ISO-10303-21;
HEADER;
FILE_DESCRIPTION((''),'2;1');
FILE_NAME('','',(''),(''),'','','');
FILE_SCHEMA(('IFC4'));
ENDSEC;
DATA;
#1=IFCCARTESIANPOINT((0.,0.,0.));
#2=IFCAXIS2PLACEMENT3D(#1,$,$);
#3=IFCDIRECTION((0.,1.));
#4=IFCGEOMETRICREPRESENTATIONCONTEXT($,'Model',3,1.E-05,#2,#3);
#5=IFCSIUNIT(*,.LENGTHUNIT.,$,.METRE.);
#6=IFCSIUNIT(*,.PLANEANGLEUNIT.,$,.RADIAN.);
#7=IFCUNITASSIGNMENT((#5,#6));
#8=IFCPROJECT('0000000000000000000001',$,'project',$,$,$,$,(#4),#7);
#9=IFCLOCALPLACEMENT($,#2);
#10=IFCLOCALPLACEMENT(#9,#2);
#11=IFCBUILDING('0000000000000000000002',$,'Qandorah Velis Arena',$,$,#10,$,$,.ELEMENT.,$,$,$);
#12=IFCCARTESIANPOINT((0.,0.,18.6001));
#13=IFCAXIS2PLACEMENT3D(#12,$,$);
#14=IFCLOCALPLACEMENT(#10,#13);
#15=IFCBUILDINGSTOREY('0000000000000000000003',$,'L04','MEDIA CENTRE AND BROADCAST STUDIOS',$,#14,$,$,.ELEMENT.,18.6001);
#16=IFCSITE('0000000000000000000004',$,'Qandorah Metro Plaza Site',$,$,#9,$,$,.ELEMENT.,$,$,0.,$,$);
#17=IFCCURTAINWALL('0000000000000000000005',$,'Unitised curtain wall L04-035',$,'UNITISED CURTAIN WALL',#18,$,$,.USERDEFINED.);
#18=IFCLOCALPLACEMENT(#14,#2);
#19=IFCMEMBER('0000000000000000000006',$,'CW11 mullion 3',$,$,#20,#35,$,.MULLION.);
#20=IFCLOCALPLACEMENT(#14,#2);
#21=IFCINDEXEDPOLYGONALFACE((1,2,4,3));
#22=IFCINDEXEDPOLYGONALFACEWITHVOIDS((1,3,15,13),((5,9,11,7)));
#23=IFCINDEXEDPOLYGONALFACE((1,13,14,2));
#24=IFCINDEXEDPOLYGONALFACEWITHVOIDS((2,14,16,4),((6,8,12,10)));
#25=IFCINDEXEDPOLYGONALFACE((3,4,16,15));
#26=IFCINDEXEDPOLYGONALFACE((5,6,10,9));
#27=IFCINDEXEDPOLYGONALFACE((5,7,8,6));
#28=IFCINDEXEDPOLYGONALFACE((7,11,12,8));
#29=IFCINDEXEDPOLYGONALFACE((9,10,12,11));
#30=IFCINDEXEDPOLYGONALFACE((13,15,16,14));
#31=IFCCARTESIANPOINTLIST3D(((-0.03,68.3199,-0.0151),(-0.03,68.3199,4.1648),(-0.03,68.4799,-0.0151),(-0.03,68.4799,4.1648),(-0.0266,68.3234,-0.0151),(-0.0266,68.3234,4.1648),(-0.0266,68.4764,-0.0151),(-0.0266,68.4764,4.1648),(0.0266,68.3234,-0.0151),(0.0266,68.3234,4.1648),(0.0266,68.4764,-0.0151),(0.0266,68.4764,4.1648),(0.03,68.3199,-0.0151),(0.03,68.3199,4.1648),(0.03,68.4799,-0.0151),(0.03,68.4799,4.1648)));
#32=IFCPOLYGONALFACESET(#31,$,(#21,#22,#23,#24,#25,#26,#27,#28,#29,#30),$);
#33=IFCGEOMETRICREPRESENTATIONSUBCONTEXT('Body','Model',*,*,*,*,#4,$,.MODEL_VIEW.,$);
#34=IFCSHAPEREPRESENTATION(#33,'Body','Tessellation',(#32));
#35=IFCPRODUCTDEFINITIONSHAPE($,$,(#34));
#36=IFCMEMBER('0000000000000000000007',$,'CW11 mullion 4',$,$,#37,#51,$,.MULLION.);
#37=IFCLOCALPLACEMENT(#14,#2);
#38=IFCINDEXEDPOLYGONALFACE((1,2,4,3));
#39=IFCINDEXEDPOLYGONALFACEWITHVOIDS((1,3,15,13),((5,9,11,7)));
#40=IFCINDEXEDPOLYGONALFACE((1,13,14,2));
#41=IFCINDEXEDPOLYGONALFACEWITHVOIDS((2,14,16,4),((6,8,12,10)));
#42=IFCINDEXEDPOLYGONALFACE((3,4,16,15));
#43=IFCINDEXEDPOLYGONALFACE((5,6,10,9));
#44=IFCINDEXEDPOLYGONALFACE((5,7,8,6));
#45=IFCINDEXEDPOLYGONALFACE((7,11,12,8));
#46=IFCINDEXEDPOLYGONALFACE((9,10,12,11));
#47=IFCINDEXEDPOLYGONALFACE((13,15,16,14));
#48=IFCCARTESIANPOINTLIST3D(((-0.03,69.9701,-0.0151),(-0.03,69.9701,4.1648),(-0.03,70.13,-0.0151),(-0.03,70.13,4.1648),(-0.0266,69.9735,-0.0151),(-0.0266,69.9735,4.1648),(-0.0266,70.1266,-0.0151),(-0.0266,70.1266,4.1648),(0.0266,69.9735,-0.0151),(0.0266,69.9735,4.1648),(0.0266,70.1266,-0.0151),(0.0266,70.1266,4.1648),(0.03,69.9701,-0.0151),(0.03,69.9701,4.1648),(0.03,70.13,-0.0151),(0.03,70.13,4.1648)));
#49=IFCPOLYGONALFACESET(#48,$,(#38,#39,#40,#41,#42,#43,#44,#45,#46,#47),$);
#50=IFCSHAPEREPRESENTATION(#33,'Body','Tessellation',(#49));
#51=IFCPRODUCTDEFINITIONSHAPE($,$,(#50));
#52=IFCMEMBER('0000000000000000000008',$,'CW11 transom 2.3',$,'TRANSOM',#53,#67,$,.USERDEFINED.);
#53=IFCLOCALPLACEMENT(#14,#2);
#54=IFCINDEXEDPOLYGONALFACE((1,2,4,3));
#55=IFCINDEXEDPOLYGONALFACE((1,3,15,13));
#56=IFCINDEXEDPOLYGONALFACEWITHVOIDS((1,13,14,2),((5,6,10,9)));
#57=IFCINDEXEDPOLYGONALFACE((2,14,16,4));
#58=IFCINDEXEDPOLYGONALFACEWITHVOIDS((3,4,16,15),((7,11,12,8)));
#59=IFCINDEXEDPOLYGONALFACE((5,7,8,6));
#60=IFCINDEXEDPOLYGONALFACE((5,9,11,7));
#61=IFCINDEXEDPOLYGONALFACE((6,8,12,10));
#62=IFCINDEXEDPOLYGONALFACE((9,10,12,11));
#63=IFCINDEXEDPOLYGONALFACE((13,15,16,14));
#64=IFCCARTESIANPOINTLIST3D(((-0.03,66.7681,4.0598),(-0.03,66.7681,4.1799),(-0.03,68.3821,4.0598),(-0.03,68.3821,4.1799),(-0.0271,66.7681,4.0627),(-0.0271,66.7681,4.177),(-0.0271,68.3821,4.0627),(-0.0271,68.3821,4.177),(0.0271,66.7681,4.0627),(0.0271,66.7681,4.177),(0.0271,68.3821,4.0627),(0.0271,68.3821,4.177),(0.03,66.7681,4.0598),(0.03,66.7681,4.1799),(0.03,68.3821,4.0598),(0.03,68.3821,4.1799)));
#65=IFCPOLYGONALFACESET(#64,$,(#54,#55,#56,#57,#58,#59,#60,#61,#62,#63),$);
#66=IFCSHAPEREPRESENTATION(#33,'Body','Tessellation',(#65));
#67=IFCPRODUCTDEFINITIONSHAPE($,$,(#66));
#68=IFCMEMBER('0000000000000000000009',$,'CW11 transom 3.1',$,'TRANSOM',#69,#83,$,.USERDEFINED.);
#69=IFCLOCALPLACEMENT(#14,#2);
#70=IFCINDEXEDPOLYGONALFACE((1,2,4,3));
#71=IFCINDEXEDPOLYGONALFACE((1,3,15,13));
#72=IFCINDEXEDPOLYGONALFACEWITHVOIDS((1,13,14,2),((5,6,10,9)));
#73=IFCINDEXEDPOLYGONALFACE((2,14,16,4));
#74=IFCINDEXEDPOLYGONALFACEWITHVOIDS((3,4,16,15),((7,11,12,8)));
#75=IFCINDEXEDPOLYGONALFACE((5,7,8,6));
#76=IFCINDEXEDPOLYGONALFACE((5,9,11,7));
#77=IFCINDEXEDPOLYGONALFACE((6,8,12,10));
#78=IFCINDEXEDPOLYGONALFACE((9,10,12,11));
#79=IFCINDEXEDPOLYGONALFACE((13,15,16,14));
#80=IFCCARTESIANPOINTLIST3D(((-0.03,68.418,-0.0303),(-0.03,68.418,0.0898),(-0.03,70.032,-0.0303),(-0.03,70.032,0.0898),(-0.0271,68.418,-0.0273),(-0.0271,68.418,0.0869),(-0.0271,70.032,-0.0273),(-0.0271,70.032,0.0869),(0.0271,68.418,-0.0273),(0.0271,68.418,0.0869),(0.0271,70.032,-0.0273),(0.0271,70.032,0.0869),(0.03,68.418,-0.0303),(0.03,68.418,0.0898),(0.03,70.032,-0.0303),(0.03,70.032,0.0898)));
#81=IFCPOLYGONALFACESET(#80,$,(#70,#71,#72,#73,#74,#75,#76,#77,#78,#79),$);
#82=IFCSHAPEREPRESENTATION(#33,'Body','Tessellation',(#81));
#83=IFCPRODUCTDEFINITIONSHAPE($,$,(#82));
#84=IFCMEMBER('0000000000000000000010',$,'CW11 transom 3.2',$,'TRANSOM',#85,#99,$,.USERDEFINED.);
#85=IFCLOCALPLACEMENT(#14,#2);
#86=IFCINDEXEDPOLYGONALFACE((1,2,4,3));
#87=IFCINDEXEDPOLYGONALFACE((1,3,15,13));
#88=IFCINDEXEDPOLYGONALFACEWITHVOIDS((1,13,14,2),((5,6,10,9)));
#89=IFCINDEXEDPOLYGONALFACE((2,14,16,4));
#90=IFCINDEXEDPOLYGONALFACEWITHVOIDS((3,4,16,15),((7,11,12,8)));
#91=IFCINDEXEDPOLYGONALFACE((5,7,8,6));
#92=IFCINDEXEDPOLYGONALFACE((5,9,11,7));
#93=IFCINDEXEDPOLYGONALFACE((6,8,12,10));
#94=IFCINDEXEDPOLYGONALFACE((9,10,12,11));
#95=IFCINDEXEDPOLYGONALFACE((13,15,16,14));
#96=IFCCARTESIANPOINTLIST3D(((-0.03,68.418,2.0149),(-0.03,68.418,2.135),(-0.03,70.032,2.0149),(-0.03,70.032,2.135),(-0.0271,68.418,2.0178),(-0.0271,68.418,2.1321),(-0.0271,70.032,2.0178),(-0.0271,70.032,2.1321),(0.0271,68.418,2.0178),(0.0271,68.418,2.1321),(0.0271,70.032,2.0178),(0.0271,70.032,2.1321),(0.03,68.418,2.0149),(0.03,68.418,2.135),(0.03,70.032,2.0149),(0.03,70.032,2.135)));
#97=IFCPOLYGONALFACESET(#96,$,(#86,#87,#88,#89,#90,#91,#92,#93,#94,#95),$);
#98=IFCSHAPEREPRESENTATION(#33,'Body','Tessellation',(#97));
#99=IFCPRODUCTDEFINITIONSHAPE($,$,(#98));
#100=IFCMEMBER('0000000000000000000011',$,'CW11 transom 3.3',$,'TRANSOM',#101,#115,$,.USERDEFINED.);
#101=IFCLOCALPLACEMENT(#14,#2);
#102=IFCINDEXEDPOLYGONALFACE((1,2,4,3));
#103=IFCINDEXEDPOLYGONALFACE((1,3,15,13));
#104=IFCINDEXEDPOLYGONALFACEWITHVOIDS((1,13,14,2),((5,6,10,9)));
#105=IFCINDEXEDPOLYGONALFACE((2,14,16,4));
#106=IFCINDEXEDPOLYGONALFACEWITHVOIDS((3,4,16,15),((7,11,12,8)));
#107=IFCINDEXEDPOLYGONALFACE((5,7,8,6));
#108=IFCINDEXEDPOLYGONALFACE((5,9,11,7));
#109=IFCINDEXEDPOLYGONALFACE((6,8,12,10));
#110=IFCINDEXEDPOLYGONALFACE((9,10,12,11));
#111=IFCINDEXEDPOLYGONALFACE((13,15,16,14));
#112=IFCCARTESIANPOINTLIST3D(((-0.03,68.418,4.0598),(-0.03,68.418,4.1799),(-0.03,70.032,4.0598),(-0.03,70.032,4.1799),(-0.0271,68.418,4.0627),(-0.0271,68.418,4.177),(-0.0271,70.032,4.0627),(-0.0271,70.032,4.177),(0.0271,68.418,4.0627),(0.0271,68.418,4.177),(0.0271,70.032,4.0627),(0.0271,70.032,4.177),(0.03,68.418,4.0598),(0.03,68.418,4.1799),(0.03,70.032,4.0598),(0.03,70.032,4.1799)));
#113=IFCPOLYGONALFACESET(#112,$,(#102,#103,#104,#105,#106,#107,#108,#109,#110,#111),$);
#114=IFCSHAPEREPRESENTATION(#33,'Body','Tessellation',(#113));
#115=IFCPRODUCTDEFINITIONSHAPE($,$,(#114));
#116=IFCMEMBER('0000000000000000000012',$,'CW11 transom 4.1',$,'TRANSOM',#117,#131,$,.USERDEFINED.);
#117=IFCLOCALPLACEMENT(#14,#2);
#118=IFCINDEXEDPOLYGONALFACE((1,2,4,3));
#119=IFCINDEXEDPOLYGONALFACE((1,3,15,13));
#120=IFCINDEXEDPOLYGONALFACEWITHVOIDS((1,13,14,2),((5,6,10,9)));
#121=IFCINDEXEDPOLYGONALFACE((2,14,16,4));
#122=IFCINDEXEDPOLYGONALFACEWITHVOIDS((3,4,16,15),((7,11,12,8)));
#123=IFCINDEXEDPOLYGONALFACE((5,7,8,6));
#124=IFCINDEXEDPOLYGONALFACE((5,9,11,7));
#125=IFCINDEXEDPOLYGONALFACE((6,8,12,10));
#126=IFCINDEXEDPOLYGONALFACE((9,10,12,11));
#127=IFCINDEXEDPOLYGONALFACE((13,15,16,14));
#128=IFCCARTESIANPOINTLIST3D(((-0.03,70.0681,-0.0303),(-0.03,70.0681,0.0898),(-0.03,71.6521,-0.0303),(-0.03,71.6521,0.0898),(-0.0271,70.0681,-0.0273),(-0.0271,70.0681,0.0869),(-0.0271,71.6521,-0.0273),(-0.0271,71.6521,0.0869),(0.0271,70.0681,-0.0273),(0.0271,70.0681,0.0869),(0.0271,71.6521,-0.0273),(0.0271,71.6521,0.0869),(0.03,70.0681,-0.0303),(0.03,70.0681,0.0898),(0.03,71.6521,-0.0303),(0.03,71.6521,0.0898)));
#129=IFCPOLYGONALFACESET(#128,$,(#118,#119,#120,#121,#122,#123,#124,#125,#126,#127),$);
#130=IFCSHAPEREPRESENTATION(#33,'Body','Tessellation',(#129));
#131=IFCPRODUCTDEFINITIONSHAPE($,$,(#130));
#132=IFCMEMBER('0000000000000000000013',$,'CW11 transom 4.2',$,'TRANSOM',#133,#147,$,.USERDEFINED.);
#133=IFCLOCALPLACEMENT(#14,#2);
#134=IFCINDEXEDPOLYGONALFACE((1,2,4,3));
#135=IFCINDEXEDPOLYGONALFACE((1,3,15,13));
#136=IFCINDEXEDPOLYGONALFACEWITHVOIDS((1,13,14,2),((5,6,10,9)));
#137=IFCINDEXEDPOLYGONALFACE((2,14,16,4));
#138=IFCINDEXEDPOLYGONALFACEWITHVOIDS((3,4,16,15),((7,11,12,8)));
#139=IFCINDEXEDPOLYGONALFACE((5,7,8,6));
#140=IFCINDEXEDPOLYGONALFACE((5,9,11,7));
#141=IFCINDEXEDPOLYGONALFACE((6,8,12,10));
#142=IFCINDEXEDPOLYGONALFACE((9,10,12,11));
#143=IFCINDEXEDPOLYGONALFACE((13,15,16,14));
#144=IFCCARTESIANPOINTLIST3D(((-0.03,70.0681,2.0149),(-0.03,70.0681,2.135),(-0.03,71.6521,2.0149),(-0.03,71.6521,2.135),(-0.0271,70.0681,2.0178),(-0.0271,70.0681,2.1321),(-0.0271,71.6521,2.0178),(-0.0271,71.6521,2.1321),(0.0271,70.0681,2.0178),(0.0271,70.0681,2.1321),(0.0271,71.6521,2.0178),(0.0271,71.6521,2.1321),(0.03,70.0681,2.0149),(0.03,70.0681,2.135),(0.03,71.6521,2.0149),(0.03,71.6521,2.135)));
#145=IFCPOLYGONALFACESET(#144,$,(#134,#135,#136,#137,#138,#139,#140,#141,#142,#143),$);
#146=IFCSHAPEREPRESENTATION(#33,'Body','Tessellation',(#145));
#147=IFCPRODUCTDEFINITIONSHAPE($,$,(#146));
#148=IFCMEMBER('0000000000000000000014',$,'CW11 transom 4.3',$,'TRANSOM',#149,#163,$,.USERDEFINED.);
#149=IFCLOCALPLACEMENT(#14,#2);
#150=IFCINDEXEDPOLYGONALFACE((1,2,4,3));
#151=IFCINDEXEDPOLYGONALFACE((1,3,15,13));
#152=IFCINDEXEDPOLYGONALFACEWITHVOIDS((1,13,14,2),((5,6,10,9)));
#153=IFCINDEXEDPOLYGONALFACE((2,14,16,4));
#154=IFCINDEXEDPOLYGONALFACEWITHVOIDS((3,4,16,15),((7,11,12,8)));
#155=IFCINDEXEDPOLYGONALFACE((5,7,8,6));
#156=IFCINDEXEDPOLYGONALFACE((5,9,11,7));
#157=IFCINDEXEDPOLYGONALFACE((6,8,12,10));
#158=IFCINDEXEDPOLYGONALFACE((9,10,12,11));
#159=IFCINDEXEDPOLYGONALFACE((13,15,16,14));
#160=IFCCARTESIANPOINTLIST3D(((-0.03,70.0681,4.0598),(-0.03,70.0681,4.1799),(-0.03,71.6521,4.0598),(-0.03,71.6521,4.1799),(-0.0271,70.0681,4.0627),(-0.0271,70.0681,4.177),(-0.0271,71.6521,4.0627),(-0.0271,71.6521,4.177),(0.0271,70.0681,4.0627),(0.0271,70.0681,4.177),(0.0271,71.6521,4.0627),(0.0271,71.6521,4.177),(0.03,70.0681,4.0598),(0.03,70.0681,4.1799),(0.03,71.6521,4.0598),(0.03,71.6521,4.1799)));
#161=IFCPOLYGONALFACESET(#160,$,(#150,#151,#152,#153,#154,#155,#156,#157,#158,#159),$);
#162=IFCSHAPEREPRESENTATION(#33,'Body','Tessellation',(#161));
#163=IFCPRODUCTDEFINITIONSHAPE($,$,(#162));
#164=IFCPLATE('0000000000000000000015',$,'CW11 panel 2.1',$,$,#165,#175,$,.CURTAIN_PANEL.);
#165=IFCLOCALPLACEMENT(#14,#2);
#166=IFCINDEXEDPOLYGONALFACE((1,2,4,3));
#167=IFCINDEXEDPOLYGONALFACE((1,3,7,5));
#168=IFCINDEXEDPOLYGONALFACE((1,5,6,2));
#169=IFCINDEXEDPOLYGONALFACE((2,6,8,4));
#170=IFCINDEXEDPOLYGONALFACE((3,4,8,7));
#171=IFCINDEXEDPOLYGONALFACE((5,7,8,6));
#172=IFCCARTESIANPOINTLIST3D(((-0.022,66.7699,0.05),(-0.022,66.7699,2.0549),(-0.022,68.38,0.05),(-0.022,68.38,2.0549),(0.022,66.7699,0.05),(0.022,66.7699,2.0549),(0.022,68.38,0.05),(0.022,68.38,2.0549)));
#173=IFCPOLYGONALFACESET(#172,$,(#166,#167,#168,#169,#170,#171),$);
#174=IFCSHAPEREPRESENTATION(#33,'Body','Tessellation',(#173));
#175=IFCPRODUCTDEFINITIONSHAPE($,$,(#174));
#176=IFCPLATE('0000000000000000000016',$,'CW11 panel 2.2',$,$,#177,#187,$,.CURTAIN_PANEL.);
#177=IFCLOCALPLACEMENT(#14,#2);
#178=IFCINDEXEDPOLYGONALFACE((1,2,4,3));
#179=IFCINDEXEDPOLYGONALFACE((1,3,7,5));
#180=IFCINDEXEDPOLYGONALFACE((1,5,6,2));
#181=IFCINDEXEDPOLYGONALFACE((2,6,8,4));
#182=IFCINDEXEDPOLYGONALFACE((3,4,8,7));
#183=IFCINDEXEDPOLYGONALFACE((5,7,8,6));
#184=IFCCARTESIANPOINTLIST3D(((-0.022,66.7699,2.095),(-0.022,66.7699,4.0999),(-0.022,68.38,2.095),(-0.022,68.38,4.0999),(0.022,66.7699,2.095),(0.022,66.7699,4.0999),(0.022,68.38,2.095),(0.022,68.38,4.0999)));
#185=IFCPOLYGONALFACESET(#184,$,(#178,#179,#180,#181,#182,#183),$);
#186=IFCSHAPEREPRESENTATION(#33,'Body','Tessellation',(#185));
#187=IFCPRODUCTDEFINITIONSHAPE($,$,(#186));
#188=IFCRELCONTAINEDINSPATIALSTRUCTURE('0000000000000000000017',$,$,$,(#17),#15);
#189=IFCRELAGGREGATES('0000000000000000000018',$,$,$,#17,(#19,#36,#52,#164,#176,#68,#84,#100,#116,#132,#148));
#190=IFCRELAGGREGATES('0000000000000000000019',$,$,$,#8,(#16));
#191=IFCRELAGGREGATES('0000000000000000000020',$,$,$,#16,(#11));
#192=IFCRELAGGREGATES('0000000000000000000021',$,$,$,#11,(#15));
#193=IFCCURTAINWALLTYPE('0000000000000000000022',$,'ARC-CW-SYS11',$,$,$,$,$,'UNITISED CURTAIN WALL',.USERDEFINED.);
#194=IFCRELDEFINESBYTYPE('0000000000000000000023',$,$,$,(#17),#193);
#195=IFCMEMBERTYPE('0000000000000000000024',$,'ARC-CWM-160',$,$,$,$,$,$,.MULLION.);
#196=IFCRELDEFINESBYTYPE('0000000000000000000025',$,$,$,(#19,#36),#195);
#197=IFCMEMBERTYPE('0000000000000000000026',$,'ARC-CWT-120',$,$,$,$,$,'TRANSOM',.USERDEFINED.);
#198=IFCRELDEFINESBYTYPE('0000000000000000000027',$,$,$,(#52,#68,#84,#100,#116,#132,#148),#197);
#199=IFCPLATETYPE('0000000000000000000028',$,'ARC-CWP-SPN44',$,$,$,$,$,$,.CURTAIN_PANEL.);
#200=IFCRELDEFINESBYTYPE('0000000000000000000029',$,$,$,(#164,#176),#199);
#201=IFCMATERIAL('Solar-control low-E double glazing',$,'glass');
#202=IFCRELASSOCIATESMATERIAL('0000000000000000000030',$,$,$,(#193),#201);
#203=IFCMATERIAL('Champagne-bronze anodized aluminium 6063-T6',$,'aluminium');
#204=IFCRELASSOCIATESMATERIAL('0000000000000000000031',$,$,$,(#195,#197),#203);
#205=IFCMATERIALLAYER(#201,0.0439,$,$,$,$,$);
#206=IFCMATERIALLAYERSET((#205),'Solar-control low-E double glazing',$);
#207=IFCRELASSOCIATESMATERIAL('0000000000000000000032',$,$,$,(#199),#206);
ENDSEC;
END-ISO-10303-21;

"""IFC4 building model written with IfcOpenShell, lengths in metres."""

from ifc_helpers import new_model, si_unit, direction, frame, origin, origin_2d, place, context, subcontext, project, spatial, rectangle, hollow_rectangle, extrude, material, layer, layer_set, material_profile, profile_set, type_object, element, aggregate, save


model = new_model("IFC4")

# Units and contexts
model_context = context("Model", 3, precision=1e-05, world=origin(), true_north=direction((0.0, 1.0)))
body_context = subcontext(model_context, "Body", "Model", "MODEL_VIEW")
ifc_project = project(units=[si_unit("LENGTHUNIT", "METRE"), si_unit("PLANEANGLEUNIT", "RADIAN")], contexts=[model_context])

# Site, building, storey
site_placement = place(None, origin())
site = spatial("IfcSite", under=ifc_project, at=site_placement, Name="Qandorah Metro Plaza Site", CompositionType="ELEMENT", RefElevation=0.0)
building_placement = place(site_placement, origin())
building = spatial("IfcBuilding", under=site, at=building_placement, Name="Qandorah Velis Arena", CompositionType="ELEMENT")
storey_placement = place(building_placement, frame((0.0, 0.0, 18.6001)))
storey = spatial("IfcBuildingStorey", under=building, at=storey_placement, Name="L04", Description="MEDIA CENTRE AND BROADCAST STUDIOS", CompositionType="ELEMENT", Elevation=18.6001)

# Curtain wall, members, plates
ifc_material_1 = material(Name="Solar-control low-E double glazing", Category="glass")
curtain_wall_type = type_object("IfcCurtainWallType", Name="ARC-CW-SYS11", ElementType="UNITISED CURTAIN WALL", PredefinedType="USERDEFINED", material=ifc_material_1)
curtain_wall_placement = place(storey_placement, origin())
curtain_wall = element("IfcCurtainWall", 1, at=curtain_wall_placement, inside=storey, type_object=curtain_wall_type, Name="Unitised curtain wall L04-035", ObjectType="UNITISED CURTAIN WALL", PredefinedType="USERDEFINED")
ifc_material_2 = material(Name="Champagne-bronze anodized aluminium 6063-T6", Category="aluminium")
ifc_material_profile_1 = material_profile(ifc_material_2, hollow_rectangle(XDim=0.0601, YDim=0.1599, WallThickness=0.0034, at=origin_2d()), Name="ALU MULLION 60x160")
ifc_profile_set_1 = profile_set([ifc_material_profile_1], Name="Champagne-bronze anodized aluminium 6063-T6")
member_type_1 = type_object("IfcMemberType", Name="ARC-CWM-160", PredefinedType="MULLION", material=ifc_profile_set_1)
member_1_placement = place(storey_placement, frame((0.0, 68.3999, -0.0151), z_axis=(0.0, 0.0, 1.0), x_axis=(-1.0, 0.0, 0.0)))
member_1 = element("IfcMember", 2, at=member_1_placement, type_object=member_type_1, Name="CW11 mullion 3", PredefinedType="MULLION", context=body_context, shape_type="SweptSolid", body=[
    extrude(hollow_rectangle(XDim=0.0601, YDim=0.1599, WallThickness=0.0034, at=origin_2d()), origin(), (0.0, 0.0, 1.0), 4.1799),
])
member_2_placement = place(storey_placement, frame((0.0, 70.05, -0.0151), z_axis=(0.0, 0.0, 1.0), x_axis=(-1.0, 0.0, 0.0)))
member_2 = element("IfcMember", 3, at=member_2_placement, type_object=member_type_1, Name="CW11 mullion 4", PredefinedType="MULLION", context=body_context, shape_type="SweptSolid", body=[
    extrude(hollow_rectangle(XDim=0.0601, YDim=0.1599, WallThickness=0.0034, at=origin_2d()), origin(), (0.0, 0.0, 1.0), 4.1799),
])
ifc_material_profile_2 = material_profile(ifc_material_2, hollow_rectangle(XDim=0.0601, YDim=0.1201, WallThickness=0.0029, at=origin_2d()), Name="ALU TRANSOM 60x120")
ifc_profile_set_2 = profile_set([ifc_material_profile_2], Name="Champagne-bronze anodized aluminium 6063-T6")
member_type_2 = type_object("IfcMemberType", Name="ARC-CWT-120", ElementType="TRANSOM", PredefinedType="USERDEFINED", material=ifc_profile_set_2)
member_3_placement = place(storey_placement, frame((0.0, 66.7681, 4.1199), z_axis=(0.0, 1.0, 0.0), x_axis=(-1.0, 0.0, 0.0)))
member_3 = element("IfcMember", 4, at=member_3_placement, type_object=member_type_2, Name="CW11 transom 2.3", ObjectType="TRANSOM", PredefinedType="USERDEFINED", context=body_context, shape_type="SweptSolid", body=[
    extrude(hollow_rectangle(XDim=0.0601, YDim=0.1201, WallThickness=0.0029, at=origin_2d()), origin(), (0.0, 0.0, 1.0), 1.614),
])
member_4_placement = place(storey_placement, frame((0.0, 68.418, 0.0298), z_axis=(0.0, 1.0, 0.0), x_axis=(-1.0, 0.0, 0.0)))
member_4 = element("IfcMember", 5, at=member_4_placement, type_object=member_type_2, Name="CW11 transom 3.1", ObjectType="TRANSOM", PredefinedType="USERDEFINED", context=body_context, shape_type="SweptSolid", body=[
    extrude(hollow_rectangle(XDim=0.0601, YDim=0.1201, WallThickness=0.0029, at=origin_2d()), origin(), (0.0, 0.0, 1.0), 1.614),
])
member_5_placement = place(storey_placement, frame((0.0, 68.418, 2.075), z_axis=(0.0, 1.0, 0.0), x_axis=(-1.0, 0.0, 0.0)))
member_5 = element("IfcMember", 6, at=member_5_placement, type_object=member_type_2, Name="CW11 transom 3.2", ObjectType="TRANSOM", PredefinedType="USERDEFINED", context=body_context, shape_type="SweptSolid", body=[
    extrude(hollow_rectangle(XDim=0.0601, YDim=0.1201, WallThickness=0.0029, at=origin_2d()), origin(), (0.0, 0.0, 1.0), 1.614),
])
member_6_placement = place(storey_placement, frame((0.0, 68.418, 4.1199), z_axis=(0.0, 1.0, 0.0), x_axis=(-1.0, 0.0, 0.0)))
member_6 = element("IfcMember", 7, at=member_6_placement, type_object=member_type_2, Name="CW11 transom 3.3", ObjectType="TRANSOM", PredefinedType="USERDEFINED", context=body_context, shape_type="SweptSolid", body=[
    extrude(hollow_rectangle(XDim=0.0601, YDim=0.1201, WallThickness=0.0029, at=origin_2d()), origin(), (0.0, 0.0, 1.0), 1.614),
])
member_7_placement = place(storey_placement, frame((0.0, 70.0681, 0.0298), z_axis=(0.0, 1.0, 0.0), x_axis=(-1.0, 0.0, 0.0)))
member_7 = element("IfcMember", 8, at=member_7_placement, type_object=member_type_2, Name="CW11 transom 4.1", ObjectType="TRANSOM", PredefinedType="USERDEFINED", context=body_context, shape_type="SweptSolid", body=[
    extrude(hollow_rectangle(XDim=0.0601, YDim=0.1201, WallThickness=0.0029, at=origin_2d()), origin(), (0.0, 0.0, 1.0), 1.584),
])
member_8_placement = place(storey_placement, frame((0.0, 70.0681, 2.075), z_axis=(0.0, 1.0, 0.0), x_axis=(-1.0, 0.0, 0.0)))
member_8 = element("IfcMember", 9, at=member_8_placement, type_object=member_type_2, Name="CW11 transom 4.2", ObjectType="TRANSOM", PredefinedType="USERDEFINED", context=body_context, shape_type="SweptSolid", body=[
    extrude(hollow_rectangle(XDim=0.0601, YDim=0.1201, WallThickness=0.0029, at=origin_2d()), origin(), (0.0, 0.0, 1.0), 1.584),
])
member_9_placement = place(storey_placement, frame((0.0, 70.0681, 4.1199), z_axis=(0.0, 1.0, 0.0), x_axis=(-1.0, 0.0, 0.0)))
member_9 = element("IfcMember", 10, at=member_9_placement, type_object=member_type_2, Name="CW11 transom 4.3", ObjectType="TRANSOM", PredefinedType="USERDEFINED", context=body_context, shape_type="SweptSolid", body=[
    extrude(hollow_rectangle(XDim=0.0601, YDim=0.1201, WallThickness=0.0029, at=origin_2d()), origin(), (0.0, 0.0, 1.0), 1.584),
])
ifc_layer_1 = layer(ifc_material_1, 0.0439)
ifc_layer_set_1 = layer_set([ifc_layer_1], Name="Solar-control low-E double glazing")
plate_type = type_object("IfcPlateType", Name="ARC-CWP-SPN44", PredefinedType="CURTAIN_PANEL", material=ifc_layer_set_1)
plate_1_placement = place(storey_placement, frame((0.0, 67.575, 0.05), z_axis=(0.0, 0.0, 1.0), x_axis=(0.0, 1.0, 0.0)))
plate_1 = element("IfcPlate", 11, at=plate_1_placement, type_object=plate_type, Name="CW11 panel 2.1", PredefinedType="CURTAIN_PANEL", context=body_context, shape_type="SweptSolid", body=[
    extrude(rectangle(XDim=1.6101, YDim=0.0439, at=origin_2d()), origin(), (0.0, 0.0, 1.0), 2.0049),
])
plate_2_placement = place(storey_placement, frame((0.0, 67.575, 2.095), z_axis=(0.0, 0.0, 1.0), x_axis=(0.0, 1.0, 0.0)))
plate_2 = element("IfcPlate", 12, at=plate_2_placement, type_object=plate_type, Name="CW11 panel 2.2", PredefinedType="CURTAIN_PANEL", context=body_context, shape_type="SweptSolid", body=[
    extrude(rectangle(XDim=1.6101, YDim=0.0439, at=origin_2d()), origin(), (0.0, 0.0, 1.0), 2.0049),
])
aggregate(curtain_wall, [member_1, member_2, member_3, plate_1, plate_2, member_4, member_5, member_6, member_7, member_8, member_9])

save(model, "model.ifc")
